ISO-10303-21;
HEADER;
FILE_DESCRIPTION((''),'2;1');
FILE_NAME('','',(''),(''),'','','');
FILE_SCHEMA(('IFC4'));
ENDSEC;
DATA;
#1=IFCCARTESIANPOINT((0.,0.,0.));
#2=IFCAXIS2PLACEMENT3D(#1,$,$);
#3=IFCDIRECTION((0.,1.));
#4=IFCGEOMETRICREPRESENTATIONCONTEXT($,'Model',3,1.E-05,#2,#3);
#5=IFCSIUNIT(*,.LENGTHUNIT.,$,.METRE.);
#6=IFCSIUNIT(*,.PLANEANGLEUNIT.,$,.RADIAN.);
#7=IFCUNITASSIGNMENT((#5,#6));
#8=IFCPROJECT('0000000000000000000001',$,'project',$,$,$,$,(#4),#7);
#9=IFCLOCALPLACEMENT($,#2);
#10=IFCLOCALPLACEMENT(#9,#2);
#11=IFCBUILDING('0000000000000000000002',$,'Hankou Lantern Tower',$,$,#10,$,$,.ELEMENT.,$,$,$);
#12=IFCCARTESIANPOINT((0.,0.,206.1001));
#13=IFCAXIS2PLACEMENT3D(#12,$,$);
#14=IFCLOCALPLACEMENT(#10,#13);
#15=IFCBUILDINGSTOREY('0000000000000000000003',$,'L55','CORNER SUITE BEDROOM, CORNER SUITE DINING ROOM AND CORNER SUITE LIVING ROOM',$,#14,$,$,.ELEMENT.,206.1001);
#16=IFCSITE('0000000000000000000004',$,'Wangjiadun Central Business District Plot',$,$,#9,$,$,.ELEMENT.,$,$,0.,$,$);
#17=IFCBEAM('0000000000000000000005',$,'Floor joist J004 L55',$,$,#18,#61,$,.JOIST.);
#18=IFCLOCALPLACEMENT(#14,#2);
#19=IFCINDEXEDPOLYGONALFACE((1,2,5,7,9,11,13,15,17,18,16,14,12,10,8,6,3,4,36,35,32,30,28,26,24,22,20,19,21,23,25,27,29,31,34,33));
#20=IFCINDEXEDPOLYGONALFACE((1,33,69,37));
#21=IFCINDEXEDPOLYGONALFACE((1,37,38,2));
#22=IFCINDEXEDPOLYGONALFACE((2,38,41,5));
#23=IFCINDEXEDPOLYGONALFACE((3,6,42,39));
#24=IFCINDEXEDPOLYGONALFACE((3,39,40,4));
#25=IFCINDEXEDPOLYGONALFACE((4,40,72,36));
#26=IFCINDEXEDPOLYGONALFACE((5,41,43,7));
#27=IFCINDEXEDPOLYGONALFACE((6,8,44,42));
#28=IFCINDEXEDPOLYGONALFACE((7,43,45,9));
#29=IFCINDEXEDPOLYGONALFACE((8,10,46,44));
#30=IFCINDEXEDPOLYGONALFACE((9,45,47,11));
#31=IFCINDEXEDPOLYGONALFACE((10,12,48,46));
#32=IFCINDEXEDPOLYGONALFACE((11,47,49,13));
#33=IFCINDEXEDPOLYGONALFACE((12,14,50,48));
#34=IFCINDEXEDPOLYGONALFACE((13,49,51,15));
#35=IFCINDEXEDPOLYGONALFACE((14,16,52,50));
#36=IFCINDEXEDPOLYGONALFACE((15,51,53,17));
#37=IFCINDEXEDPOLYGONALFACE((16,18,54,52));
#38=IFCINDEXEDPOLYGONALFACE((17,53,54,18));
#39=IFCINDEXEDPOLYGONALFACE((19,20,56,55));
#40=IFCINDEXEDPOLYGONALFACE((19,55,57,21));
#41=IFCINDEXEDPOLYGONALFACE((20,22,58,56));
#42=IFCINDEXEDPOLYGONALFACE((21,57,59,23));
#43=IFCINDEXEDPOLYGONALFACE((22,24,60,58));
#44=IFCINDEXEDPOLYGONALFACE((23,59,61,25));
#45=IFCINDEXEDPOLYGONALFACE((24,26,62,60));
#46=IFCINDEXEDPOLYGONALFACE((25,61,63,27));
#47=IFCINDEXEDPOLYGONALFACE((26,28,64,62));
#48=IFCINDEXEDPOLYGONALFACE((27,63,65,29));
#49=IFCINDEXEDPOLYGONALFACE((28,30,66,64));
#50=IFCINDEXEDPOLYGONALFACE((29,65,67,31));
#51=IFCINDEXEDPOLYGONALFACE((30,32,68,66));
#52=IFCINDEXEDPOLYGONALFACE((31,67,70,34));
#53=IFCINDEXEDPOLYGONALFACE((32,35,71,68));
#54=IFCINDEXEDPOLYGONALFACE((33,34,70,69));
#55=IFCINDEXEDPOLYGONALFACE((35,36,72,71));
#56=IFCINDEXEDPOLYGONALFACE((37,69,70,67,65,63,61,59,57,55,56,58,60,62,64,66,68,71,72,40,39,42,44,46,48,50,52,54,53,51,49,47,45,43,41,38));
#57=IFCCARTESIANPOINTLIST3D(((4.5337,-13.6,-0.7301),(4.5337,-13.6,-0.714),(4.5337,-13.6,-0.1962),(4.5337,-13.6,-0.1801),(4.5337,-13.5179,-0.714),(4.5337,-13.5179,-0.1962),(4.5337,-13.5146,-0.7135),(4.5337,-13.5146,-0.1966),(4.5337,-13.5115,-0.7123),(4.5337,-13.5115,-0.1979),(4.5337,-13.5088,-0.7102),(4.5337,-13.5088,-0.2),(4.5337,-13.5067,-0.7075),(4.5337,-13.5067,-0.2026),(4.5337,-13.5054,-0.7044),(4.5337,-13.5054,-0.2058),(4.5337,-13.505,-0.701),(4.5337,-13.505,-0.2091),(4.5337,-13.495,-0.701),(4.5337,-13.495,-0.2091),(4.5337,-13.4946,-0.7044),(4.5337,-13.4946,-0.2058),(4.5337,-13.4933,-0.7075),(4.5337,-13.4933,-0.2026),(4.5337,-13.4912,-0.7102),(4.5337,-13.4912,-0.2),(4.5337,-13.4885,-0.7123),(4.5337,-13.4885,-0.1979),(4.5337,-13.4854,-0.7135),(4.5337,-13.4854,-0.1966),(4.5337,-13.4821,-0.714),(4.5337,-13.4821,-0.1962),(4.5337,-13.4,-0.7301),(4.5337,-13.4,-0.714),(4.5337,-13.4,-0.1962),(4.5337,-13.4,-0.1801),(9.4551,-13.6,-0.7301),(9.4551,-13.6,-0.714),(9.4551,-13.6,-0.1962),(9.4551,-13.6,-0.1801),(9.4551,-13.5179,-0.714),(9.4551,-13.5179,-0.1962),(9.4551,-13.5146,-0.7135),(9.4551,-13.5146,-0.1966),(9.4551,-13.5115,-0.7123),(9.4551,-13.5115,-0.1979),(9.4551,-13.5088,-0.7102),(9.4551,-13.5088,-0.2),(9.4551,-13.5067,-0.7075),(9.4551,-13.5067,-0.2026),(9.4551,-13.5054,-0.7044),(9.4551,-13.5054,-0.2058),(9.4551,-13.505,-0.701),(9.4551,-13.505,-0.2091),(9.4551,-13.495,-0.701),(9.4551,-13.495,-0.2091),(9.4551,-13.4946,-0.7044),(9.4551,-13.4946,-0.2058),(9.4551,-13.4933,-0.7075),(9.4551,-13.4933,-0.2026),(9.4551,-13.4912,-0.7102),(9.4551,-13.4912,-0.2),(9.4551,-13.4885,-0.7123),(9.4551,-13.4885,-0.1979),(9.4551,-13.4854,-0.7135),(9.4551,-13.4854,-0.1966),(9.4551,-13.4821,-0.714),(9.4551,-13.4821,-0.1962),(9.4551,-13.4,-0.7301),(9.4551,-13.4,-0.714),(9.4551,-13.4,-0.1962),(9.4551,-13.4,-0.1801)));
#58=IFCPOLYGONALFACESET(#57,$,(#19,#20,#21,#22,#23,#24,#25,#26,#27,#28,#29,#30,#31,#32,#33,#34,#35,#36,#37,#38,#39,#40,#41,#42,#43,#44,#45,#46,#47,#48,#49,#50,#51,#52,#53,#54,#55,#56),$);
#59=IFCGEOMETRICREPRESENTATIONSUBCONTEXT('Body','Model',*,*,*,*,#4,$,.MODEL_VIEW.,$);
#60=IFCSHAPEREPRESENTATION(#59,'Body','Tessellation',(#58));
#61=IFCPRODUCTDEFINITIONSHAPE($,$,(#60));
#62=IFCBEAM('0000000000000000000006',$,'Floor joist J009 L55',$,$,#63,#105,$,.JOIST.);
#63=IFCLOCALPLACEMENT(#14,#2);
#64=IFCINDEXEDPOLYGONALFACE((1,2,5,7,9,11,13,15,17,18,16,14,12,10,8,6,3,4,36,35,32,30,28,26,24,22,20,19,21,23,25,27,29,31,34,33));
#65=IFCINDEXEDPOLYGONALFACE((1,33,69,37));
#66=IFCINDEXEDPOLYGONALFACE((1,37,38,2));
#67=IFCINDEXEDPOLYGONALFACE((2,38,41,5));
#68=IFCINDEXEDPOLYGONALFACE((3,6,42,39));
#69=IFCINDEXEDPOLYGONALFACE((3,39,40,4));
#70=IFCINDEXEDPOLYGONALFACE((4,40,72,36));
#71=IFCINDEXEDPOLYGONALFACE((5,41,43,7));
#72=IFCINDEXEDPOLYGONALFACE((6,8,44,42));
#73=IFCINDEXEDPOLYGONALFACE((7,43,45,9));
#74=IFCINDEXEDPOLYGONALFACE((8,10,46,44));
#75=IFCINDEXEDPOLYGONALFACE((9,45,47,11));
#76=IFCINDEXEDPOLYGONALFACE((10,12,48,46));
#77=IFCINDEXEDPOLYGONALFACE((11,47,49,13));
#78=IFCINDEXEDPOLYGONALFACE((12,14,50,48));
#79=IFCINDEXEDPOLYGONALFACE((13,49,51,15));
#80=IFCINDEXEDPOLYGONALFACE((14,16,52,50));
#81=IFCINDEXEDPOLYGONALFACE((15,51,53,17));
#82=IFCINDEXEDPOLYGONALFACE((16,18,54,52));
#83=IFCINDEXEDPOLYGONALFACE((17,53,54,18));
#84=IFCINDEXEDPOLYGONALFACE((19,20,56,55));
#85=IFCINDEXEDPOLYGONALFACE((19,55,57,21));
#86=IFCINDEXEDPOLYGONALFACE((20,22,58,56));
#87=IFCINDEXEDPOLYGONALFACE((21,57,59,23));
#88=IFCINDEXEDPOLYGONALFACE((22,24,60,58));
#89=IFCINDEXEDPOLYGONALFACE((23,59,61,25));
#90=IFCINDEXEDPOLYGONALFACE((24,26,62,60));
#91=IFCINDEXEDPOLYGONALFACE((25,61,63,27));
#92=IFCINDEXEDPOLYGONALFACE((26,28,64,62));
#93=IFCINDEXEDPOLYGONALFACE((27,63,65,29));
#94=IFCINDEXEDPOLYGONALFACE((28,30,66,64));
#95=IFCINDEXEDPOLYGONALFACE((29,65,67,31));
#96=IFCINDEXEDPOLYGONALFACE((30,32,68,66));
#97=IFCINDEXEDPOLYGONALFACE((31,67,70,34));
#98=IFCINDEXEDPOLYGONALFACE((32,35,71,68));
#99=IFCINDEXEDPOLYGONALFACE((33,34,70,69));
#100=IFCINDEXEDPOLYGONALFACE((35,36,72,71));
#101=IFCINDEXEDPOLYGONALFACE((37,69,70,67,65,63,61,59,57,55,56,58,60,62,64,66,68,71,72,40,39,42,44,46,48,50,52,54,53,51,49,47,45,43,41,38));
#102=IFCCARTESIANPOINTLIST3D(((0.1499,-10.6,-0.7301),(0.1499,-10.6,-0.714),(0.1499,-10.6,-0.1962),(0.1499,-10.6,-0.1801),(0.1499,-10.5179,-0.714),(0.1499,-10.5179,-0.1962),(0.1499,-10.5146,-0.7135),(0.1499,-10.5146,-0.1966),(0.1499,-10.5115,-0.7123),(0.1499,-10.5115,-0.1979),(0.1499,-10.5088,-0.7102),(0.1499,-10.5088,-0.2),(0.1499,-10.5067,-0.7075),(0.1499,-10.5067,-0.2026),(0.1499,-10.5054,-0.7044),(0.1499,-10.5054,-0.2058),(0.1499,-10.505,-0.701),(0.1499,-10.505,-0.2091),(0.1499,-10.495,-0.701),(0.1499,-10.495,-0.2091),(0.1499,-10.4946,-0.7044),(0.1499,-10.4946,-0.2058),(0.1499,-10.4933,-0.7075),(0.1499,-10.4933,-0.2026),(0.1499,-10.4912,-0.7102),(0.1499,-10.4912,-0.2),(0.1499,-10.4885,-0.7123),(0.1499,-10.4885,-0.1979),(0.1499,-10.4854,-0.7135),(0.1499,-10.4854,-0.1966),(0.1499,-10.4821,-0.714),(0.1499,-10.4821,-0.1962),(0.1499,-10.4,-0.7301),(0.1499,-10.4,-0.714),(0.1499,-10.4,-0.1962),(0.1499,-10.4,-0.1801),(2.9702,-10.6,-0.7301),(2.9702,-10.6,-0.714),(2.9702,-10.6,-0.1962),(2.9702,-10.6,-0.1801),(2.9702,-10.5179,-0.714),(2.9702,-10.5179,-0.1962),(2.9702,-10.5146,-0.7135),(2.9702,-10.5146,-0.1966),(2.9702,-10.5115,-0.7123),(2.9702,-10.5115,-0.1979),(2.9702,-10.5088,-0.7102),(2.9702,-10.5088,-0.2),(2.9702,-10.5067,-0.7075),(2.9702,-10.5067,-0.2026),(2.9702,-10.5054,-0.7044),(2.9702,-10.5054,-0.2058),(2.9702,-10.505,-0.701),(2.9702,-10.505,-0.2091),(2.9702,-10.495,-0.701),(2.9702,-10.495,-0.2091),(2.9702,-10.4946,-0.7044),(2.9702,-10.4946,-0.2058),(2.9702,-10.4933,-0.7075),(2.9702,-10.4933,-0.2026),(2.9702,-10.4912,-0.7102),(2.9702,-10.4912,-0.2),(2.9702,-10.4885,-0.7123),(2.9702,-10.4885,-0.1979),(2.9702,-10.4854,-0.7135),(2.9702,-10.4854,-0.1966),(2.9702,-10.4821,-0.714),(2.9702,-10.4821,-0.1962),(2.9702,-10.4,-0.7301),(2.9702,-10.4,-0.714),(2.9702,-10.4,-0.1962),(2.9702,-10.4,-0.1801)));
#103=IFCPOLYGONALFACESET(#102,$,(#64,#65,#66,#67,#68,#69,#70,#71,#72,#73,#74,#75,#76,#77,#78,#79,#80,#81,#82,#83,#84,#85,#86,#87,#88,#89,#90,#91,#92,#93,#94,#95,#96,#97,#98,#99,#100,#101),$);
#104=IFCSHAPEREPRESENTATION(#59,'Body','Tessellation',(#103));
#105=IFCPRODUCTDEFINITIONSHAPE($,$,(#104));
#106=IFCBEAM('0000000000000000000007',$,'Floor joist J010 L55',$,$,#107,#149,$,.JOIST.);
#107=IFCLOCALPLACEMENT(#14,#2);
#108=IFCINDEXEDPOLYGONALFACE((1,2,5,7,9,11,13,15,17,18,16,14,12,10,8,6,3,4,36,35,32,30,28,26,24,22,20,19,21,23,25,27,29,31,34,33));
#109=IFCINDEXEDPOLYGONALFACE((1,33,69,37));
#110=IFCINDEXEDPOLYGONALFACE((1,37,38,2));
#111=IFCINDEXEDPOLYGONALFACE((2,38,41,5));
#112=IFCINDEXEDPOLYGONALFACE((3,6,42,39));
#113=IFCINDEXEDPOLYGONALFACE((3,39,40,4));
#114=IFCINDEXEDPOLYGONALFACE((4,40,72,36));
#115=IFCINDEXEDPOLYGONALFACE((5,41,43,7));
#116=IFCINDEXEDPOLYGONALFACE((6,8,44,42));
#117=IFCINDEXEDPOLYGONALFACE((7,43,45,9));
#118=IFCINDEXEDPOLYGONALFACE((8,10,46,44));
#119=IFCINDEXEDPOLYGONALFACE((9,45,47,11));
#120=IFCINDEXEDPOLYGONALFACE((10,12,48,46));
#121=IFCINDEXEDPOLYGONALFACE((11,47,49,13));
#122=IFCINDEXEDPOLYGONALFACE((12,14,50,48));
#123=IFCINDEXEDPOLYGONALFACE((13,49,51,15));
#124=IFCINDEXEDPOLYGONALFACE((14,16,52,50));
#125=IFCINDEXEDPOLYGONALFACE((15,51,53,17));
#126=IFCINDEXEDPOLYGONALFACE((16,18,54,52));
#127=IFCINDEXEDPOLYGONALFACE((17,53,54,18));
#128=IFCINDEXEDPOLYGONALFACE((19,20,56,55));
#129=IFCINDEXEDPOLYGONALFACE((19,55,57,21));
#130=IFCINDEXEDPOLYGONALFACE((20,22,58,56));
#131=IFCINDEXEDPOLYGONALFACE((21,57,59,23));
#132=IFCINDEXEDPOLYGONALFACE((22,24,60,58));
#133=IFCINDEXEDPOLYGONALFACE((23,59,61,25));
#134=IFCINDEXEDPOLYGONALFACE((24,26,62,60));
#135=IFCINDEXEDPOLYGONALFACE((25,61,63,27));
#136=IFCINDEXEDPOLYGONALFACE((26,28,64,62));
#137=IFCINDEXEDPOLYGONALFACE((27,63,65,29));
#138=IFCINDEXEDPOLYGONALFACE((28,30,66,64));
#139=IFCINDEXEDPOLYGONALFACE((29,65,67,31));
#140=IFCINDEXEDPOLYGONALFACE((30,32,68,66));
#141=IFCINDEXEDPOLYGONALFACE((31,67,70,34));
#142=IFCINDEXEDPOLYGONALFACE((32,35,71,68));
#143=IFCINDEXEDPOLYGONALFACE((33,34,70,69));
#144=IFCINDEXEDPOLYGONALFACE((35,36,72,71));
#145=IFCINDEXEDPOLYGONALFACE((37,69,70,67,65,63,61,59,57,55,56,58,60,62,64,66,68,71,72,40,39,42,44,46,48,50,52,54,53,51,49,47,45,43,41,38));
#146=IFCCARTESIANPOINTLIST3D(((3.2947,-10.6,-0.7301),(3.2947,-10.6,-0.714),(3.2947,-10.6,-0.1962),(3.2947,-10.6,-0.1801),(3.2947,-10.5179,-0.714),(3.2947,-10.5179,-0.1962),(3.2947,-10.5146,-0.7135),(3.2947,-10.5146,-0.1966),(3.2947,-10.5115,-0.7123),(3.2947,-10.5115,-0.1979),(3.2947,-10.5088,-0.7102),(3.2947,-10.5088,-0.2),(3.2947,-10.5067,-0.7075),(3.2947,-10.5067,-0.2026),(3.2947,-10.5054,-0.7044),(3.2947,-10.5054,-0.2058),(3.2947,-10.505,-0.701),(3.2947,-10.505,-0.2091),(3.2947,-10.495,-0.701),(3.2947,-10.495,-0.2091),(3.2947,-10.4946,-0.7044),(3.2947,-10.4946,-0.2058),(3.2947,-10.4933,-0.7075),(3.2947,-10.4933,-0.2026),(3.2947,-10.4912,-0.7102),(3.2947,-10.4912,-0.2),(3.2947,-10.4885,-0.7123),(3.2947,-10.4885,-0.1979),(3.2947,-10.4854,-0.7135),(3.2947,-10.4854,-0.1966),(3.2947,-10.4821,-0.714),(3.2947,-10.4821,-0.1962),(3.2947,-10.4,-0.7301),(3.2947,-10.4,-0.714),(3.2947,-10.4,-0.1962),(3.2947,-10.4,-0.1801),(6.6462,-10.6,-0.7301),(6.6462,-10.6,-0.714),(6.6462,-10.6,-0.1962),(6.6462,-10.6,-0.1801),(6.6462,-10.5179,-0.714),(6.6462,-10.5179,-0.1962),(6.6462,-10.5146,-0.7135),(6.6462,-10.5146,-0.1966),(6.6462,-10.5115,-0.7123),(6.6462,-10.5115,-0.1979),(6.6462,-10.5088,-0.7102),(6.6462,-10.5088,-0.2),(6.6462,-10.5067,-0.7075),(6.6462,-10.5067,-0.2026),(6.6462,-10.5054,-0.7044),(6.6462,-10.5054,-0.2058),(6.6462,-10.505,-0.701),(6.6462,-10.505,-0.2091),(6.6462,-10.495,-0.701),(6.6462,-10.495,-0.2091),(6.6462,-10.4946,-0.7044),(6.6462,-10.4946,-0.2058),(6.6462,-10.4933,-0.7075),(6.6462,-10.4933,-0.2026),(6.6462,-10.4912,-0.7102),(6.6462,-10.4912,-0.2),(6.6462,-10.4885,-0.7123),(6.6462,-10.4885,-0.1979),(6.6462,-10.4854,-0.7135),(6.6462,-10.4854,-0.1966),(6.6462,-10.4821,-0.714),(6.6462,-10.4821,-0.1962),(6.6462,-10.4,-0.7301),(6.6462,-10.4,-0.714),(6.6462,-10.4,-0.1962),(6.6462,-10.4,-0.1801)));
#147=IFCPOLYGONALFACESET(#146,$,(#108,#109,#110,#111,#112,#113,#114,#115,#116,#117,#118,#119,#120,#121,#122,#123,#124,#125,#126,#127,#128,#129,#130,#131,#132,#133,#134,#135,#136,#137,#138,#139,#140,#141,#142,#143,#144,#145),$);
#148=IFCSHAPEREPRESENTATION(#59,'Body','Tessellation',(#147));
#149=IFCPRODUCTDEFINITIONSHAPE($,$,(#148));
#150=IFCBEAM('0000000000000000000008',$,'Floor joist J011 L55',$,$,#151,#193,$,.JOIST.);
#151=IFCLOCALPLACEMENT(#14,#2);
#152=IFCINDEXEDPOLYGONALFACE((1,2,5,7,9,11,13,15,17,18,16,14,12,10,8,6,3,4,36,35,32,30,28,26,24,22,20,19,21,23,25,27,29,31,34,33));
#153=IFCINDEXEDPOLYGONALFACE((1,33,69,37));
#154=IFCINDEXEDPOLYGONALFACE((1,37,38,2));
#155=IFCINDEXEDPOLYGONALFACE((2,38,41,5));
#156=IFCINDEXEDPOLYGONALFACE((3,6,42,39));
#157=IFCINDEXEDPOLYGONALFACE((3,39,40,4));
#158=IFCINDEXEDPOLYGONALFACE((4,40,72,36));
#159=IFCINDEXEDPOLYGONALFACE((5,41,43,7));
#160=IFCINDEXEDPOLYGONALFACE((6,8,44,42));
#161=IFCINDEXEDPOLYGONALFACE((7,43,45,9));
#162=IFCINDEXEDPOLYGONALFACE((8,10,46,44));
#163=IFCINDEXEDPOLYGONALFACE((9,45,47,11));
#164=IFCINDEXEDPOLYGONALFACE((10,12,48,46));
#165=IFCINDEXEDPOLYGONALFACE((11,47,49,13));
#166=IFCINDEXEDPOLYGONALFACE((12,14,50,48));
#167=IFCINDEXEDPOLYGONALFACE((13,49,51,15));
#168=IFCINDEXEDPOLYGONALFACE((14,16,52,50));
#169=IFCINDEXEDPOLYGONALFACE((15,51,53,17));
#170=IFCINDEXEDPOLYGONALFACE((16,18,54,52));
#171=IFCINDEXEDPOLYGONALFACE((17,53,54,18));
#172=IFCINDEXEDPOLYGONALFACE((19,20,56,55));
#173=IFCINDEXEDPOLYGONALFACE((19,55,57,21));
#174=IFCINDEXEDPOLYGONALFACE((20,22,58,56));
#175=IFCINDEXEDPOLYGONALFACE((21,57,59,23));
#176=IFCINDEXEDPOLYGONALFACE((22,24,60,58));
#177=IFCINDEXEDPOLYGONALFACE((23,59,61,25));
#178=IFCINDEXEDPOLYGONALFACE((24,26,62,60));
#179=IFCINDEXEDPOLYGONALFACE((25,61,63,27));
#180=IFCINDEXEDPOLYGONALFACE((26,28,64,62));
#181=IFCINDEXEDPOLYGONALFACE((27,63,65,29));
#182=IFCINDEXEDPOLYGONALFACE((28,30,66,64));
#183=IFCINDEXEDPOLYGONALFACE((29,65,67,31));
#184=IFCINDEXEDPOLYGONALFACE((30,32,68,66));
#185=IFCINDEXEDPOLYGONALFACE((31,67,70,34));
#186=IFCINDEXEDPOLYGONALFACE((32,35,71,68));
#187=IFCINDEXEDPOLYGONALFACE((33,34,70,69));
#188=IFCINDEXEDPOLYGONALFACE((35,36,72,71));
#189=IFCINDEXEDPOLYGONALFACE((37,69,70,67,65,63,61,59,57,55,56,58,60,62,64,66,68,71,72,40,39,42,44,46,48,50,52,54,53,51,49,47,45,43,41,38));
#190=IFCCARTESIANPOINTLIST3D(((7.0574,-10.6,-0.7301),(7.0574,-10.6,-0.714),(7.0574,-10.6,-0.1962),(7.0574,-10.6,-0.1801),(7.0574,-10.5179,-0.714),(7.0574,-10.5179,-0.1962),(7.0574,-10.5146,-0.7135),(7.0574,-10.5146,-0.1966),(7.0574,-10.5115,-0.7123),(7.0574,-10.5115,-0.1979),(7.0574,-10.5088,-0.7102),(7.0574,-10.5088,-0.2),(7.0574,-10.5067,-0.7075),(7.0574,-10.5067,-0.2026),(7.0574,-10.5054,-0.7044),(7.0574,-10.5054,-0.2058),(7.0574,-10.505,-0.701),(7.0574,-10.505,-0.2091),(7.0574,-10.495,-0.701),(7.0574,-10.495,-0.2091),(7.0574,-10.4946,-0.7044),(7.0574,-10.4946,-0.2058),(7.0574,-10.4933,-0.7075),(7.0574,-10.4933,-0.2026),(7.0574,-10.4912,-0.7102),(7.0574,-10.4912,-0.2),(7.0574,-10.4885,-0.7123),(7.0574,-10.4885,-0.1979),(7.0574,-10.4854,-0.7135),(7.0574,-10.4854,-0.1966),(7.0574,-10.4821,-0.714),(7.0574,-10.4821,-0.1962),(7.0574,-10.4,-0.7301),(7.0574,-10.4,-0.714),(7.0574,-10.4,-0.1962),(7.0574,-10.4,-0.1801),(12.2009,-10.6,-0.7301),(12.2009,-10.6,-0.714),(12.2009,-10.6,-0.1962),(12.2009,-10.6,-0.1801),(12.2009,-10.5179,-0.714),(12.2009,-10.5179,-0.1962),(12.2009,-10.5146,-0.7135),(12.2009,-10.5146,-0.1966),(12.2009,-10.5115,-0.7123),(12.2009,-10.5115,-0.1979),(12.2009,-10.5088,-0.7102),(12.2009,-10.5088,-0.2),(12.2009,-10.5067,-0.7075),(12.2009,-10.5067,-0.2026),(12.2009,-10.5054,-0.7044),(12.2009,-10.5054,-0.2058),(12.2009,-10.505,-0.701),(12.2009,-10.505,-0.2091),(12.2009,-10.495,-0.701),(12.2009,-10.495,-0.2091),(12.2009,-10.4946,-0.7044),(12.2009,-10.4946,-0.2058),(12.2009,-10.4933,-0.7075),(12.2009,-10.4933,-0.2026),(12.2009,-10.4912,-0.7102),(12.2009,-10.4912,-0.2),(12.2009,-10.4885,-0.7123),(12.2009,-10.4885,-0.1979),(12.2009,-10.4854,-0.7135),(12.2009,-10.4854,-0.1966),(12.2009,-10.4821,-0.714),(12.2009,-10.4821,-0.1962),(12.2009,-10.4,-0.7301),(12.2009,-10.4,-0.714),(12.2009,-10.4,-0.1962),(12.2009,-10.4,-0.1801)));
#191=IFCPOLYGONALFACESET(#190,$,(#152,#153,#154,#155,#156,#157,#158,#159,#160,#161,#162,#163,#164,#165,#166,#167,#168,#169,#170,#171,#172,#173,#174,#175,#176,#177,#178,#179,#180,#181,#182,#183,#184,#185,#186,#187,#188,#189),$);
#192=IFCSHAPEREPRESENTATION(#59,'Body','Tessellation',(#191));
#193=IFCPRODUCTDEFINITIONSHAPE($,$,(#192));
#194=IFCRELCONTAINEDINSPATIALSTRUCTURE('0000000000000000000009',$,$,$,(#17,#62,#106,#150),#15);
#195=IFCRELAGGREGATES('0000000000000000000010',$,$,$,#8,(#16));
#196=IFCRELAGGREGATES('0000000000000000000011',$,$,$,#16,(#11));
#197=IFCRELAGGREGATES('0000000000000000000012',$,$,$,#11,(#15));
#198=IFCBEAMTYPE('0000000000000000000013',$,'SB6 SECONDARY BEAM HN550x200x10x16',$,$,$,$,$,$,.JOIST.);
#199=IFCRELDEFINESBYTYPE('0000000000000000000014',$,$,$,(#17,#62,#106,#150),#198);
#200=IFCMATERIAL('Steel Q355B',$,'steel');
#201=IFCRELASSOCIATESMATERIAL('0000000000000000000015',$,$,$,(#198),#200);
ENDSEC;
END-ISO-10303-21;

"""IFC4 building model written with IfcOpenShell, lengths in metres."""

from ifc_helpers import new_model, si_unit, direction, frame, origin, origin_2d, place, context, subcontext, project, spatial, i_section, extrude, material, material_profile, profile_set, type_object, element, save


model = new_model("IFC4")

# Units and contexts
model_context = context("Model", 3, precision=1e-05, world=origin(), true_north=direction((0.0, 1.0)))
body_context = subcontext(model_context, "Body", "Model", "MODEL_VIEW")
ifc_project = project(units=[si_unit("LENGTHUNIT", "METRE"), si_unit("PLANEANGLEUNIT", "RADIAN")], contexts=[model_context])

# Site, building, storey
site_placement = place(None, origin())
site = spatial("IfcSite", under=ifc_project, at=site_placement, Name="Wangjiadun Central Business District Plot", CompositionType="ELEMENT", RefElevation=0.0)
building_placement = place(site_placement, origin())
building = spatial("IfcBuilding", under=site, at=building_placement, Name="Hankou Lantern Tower", CompositionType="ELEMENT")
storey_placement = place(building_placement, frame((0.0, 0.0, 206.1001)))
storey = spatial("IfcBuildingStorey", under=building, at=storey_placement, Name="L55", Description="CORNER SUITE BEDROOM, CORNER SUITE DINING ROOM AND CORNER SUITE LIVING ROOM", CompositionType="ELEMENT", Elevation=206.1001)

# Beams
ifc_material_1 = material(Name="Steel Q355B", Category="steel")
ifc_material_profile_1 = material_profile(ifc_material_1, i_section(OverallWidth=0.2, OverallDepth=0.55, WebThickness=0.01, FlangeThickness=0.0161, FilletRadius=0.0129, at=origin_2d()), Name="HN550x200x10x16")
ifc_profile_set_1 = profile_set([ifc_material_profile_1], Name="Steel Q355B")
beam_type_1 = type_object("IfcBeamType", Name="SB6 SECONDARY BEAM HN550x200x10x16", PredefinedType="JOIST", material=ifc_profile_set_1)
beam_1_placement = place(storey_placement, frame((4.5337, -13.5, -0.4551), z_axis=(1.0, 0.0, 0.0), x_axis=(0.0, 1.0, 0.0)))
element("IfcBeam", 1, at=beam_1_placement, inside=storey, type_object=beam_type_1, Name="Floor joist J004 L55", PredefinedType="JOIST", context=body_context, shape_type="SweptSolid", body=[
    extrude(i_section(OverallWidth=0.2, OverallDepth=0.55, WebThickness=0.01, FlangeThickness=0.0161, FilletRadius=0.0129, at=origin_2d()), origin(), (0.0, 0.0, 1.0), 4.9214),
])
beam_2_placement = place(storey_placement, frame((0.1499, -10.5, -0.4551), z_axis=(1.0, 0.0, 0.0), x_axis=(0.0, 1.0, 0.0)))
element("IfcBeam", 2, at=beam_2_placement, inside=storey, type_object=beam_type_1, Name="Floor joist J009 L55", PredefinedType="JOIST", context=body_context, shape_type="SweptSolid", body=[
    extrude(i_section(OverallWidth=0.2, OverallDepth=0.55, WebThickness=0.01, FlangeThickness=0.0161, FilletRadius=0.0129, at=origin_2d()), origin(), (0.0, 0.0, 1.0), 2.8203),
])
beam_3_placement = place(storey_placement, frame((3.2947, -10.5, -0.4551), z_axis=(1.0, 0.0, 0.0), x_axis=(0.0, 1.0, 0.0)))
element("IfcBeam", 3, at=beam_3_placement, inside=storey, type_object=beam_type_1, Name="Floor joist J010 L55", PredefinedType="JOIST", context=body_context, shape_type="SweptSolid", body=[
    extrude(i_section(OverallWidth=0.2, OverallDepth=0.55, WebThickness=0.01, FlangeThickness=0.0161, FilletRadius=0.0129, at=origin_2d()), origin(), (0.0, 0.0, 1.0), 3.3516),
])
beam_4_placement = place(storey_placement, frame((7.0574, -10.5, -0.4551), z_axis=(1.0, 0.0, 0.0), x_axis=(0.0, 1.0, 0.0)))
element("IfcBeam", 4, at=beam_4_placement, inside=storey, type_object=beam_type_1, Name="Floor joist J011 L55", PredefinedType="JOIST", context=body_context, shape_type="SweptSolid", body=[
    extrude(i_section(OverallWidth=0.2, OverallDepth=0.55, WebThickness=0.01, FlangeThickness=0.0161, FilletRadius=0.0129, at=origin_2d()), origin(), (0.0, 0.0, 1.0), 5.1436),
])

save(model, "model.ifc")
